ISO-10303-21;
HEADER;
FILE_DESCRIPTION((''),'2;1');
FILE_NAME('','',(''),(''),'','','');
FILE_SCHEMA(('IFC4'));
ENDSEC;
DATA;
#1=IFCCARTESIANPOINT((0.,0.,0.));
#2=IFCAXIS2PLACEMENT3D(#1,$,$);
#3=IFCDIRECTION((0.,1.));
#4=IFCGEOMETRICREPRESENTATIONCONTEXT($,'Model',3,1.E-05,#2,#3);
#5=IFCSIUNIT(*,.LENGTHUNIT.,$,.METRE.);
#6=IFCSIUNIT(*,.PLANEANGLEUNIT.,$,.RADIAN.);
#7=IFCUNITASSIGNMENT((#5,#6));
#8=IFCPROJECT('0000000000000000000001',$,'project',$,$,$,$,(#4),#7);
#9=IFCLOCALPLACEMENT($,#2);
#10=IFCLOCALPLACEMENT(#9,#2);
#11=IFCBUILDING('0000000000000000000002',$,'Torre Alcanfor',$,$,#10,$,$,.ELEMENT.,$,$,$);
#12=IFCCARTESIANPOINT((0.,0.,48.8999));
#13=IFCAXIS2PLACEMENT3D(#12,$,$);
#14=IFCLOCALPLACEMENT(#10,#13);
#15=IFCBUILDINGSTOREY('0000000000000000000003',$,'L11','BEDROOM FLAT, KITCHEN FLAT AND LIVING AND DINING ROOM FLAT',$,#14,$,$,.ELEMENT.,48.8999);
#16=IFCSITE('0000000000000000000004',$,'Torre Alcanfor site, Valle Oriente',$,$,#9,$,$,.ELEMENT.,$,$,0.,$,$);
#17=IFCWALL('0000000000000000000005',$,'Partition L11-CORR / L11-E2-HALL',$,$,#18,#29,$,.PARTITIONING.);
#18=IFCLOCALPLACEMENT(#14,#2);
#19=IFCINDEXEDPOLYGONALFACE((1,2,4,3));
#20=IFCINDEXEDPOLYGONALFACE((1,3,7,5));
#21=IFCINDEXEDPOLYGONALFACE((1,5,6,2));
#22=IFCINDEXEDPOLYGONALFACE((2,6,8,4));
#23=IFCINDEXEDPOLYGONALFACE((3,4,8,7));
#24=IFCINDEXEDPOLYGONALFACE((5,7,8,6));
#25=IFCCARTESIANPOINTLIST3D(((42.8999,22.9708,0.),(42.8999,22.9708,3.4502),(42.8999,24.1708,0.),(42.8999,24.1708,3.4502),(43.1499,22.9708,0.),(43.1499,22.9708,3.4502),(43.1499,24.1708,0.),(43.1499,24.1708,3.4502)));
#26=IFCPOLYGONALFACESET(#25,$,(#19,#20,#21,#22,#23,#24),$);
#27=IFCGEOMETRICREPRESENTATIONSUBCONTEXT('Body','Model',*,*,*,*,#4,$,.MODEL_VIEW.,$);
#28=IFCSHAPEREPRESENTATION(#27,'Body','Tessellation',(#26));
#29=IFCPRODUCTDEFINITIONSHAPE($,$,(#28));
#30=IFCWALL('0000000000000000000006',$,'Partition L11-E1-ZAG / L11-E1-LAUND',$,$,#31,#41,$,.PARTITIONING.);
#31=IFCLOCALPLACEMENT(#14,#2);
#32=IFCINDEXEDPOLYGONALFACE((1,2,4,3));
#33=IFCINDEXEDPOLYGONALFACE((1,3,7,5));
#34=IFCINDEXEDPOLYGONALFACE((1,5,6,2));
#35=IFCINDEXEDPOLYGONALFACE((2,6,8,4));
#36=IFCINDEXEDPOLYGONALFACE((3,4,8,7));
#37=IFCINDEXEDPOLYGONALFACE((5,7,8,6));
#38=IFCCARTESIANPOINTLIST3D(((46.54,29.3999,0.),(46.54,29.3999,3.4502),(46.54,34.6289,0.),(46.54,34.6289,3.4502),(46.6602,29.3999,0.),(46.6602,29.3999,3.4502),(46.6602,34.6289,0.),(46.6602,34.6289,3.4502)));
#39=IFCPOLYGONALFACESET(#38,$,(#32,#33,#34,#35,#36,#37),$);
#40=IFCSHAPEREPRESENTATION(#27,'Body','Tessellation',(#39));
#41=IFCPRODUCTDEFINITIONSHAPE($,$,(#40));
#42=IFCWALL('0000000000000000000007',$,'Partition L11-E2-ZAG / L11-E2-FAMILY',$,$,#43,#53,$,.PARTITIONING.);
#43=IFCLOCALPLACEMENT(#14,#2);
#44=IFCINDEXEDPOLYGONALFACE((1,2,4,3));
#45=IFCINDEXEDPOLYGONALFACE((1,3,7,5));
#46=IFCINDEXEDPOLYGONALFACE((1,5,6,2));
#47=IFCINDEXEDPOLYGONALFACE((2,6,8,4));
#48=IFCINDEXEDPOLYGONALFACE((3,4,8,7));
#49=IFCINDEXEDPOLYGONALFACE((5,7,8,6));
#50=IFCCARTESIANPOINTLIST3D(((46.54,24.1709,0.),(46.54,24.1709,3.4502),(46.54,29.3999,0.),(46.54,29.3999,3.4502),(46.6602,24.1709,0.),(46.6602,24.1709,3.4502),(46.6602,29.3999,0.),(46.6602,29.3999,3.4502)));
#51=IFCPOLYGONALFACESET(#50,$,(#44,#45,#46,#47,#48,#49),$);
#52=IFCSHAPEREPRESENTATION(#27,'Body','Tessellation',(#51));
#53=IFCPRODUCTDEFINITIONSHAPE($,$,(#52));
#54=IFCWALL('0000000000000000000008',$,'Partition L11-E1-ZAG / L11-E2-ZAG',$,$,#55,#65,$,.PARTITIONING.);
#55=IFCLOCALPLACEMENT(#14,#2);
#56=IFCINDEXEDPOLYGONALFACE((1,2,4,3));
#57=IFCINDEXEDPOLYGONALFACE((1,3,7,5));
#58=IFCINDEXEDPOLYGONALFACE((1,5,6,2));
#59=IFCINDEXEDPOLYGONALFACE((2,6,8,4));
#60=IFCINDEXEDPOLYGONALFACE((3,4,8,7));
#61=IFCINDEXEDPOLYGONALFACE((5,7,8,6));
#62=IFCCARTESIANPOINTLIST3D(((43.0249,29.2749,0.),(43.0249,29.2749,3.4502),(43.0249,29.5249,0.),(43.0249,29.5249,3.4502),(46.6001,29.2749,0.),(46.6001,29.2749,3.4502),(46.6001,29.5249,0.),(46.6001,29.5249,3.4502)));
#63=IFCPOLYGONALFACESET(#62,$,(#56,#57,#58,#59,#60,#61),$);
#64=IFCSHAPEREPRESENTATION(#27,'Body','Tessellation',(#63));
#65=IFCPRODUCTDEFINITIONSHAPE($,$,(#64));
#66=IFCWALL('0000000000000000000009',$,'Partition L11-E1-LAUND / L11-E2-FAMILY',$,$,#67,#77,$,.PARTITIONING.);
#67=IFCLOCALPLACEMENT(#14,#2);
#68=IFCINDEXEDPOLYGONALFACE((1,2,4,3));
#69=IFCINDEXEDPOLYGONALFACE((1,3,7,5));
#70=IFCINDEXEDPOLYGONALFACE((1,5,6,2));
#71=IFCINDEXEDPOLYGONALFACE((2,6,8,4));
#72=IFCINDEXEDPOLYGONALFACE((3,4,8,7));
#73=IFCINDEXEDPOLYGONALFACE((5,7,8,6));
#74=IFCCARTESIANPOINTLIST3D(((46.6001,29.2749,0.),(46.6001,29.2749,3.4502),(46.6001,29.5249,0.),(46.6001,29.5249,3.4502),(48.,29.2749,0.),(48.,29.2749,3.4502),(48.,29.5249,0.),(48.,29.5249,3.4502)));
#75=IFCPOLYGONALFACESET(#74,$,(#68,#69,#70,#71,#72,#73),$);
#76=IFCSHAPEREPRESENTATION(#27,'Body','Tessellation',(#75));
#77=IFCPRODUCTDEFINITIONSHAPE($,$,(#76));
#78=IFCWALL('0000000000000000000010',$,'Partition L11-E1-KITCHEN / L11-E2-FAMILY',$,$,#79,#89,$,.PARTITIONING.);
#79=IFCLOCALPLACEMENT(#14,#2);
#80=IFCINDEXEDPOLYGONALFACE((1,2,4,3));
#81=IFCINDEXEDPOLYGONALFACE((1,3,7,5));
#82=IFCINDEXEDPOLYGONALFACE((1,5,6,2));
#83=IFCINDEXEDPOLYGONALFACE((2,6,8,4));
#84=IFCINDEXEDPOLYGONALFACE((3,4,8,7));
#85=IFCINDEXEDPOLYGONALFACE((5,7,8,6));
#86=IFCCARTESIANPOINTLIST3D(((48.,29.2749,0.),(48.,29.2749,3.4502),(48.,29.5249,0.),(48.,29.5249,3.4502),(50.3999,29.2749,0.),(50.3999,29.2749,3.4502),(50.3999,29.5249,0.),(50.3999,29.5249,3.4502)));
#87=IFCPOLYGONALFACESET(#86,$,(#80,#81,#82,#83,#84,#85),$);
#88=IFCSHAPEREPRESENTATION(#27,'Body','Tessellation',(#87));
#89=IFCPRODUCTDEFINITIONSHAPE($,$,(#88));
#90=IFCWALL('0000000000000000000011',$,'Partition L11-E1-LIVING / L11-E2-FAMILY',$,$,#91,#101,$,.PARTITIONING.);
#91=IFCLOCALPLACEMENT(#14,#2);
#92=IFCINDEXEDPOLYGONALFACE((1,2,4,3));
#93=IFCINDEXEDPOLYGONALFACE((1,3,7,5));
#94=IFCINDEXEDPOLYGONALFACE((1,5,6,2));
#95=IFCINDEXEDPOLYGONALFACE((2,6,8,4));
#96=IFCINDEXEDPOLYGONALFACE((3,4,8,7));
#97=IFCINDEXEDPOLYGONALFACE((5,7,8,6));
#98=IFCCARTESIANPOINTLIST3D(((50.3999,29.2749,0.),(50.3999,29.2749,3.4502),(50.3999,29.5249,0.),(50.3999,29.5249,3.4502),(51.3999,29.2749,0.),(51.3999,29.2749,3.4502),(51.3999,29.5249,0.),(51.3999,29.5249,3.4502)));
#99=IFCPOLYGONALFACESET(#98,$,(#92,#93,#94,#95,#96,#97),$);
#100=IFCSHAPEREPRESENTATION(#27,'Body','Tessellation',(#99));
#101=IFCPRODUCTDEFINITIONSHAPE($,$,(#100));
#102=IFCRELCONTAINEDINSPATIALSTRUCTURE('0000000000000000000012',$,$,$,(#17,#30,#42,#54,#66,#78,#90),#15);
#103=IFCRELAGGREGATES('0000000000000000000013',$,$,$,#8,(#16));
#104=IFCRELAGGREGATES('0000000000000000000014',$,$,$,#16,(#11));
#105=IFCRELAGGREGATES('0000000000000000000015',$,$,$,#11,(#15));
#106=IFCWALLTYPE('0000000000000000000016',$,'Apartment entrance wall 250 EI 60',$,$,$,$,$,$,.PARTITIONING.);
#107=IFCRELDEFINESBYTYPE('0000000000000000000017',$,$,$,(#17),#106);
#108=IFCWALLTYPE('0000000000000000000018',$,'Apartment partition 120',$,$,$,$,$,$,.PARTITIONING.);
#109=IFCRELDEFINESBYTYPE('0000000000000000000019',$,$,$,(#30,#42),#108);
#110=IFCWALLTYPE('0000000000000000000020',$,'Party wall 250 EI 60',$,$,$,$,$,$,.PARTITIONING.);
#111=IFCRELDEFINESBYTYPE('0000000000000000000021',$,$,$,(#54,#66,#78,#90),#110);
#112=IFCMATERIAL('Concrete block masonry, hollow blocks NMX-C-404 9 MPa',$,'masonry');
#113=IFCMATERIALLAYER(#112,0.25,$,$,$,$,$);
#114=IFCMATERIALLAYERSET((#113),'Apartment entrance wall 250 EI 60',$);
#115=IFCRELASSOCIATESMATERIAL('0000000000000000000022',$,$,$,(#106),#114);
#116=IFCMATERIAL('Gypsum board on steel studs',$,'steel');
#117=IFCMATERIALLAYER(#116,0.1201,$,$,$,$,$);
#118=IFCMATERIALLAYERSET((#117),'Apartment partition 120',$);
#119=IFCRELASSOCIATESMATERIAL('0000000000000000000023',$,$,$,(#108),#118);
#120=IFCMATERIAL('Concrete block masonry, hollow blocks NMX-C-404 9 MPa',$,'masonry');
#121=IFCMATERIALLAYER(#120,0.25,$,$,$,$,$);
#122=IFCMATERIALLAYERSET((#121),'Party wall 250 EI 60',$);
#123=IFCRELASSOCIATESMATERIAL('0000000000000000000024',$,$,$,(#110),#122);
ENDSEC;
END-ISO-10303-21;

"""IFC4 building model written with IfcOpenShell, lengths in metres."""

from ifc_helpers import new_model, si_unit, direction, frame, frame_2d, origin, place, context, subcontext, project, spatial, rectangle, extrude, material, layer, layer_set, type_object, element, save


model = new_model("IFC4")

# Units and contexts
model_context = context("Model", 3, precision=1e-05, world=origin(), true_north=direction((0.0, 1.0)))
body_context = subcontext(model_context, "Body", "Model", "MODEL_VIEW")
ifc_project = project(units=[si_unit("LENGTHUNIT", "METRE"), si_unit("PLANEANGLEUNIT", "RADIAN")], contexts=[model_context])

# Site, building, storey
site_placement = place(None, origin())
site = spatial("IfcSite", under=ifc_project, at=site_placement, Name="Torre Alcanfor site, Valle Oriente", CompositionType="ELEMENT", RefElevation=0.0)
building_placement = place(site_placement, origin())
building = spatial("IfcBuilding", under=site, at=building_placement, Name="Torre Alcanfor", CompositionType="ELEMENT")
storey_placement = place(building_placement, frame((0.0, 0.0, 48.8999)))
storey = spatial("IfcBuildingStorey", under=building, at=storey_placement, Name="L11", Description="BEDROOM FLAT, KITCHEN FLAT AND LIVING AND DINING ROOM FLAT", CompositionType="ELEMENT", Elevation=48.8999)

# Shared definitions
ifc_material_1 = material(Name="Concrete block masonry, hollow blocks NMX-C-404 9 MPa", Category="masonry")
ifc_layer_1 = layer(ifc_material_1, 0.25)
ifc_layer_set_1 = layer_set([ifc_layer_1], Name="Apartment entrance wall 250 EI 60")
wall_type_1 = type_object("IfcWallType", Name="Apartment entrance wall 250 EI 60", PredefinedType="PARTITIONING", material=ifc_layer_set_1)

# Walls
wall_1_placement = place(storey_placement, frame((43.0249, 24.1709, 0.0), z_axis=(0.0, 0.0, 1.0), x_axis=(0.0, -1.0, 0.0)))
element("IfcWall", 1, at=wall_1_placement, inside=storey, type_object=wall_type_1, Name="Partition L11-CORR / L11-E2-HALL", PredefinedType="PARTITIONING", context=body_context, shape_type="SweptSolid", body=[
    extrude(rectangle(XDim=1.2, YDim=0.25, at=frame_2d((0.6001, 0.0))), origin(), (0.0, 0.0, 1.0), 3.4502),
])
ifc_material_2 = material(Name="Gypsum board on steel studs", Category="steel")
ifc_layer_2 = layer(ifc_material_2, 0.1201)
ifc_layer_set_2 = layer_set([ifc_layer_2], Name="Apartment partition 120")
wall_type_2 = type_object("IfcWallType", Name="Apartment partition 120", PredefinedType="PARTITIONING", material=ifc_layer_set_2)
for number, where, z_axis, x_axis, name in (
    (2, (46.6001, 29.3999, 0.0), (0.0, 0.0, 1.0), (0.0, 1.0, 0.0), "Partition L11-E1-ZAG / L11-E1-LAUND"),
    (3, (46.6001, 29.3999, 0.0), (0.0, 0.0, 1.0), (0.0, -1.0, 0.0), "Partition L11-E2-ZAG / L11-E2-FAMILY"),
):
    element("IfcWall", number, at=place(storey_placement, frame(where, z_axis=z_axis, x_axis=x_axis)), inside=storey, type_object=wall_type_2, Name=name, PredefinedType="PARTITIONING", context=body_context, shape_type="SweptSolid", body=[
        extrude(rectangle(XDim=5.229, YDim=0.1201, at=frame_2d((2.6145, 0.0))), origin(), (0.0, 0.0, 1.0), 3.4502),
    ])
ifc_material_3 = material(Name="Concrete block masonry, hollow blocks NMX-C-404 9 MPa", Category="masonry")
ifc_layer_3 = layer(ifc_material_3, 0.25)
ifc_layer_set_3 = layer_set([ifc_layer_3], Name="Party wall 250 EI 60")
wall_type_3 = type_object("IfcWallType", Name="Party wall 250 EI 60", PredefinedType="PARTITIONING", material=ifc_layer_set_3)
wall_2_placement = place(storey_placement, frame((43.0249, 29.3999, 0.0), z_axis=(0.0, 0.0, 1.0), x_axis=(1.0, 0.0, 0.0)))
element("IfcWall", 4, at=wall_2_placement, inside=storey, type_object=wall_type_3, Name="Partition L11-E1-ZAG / L11-E2-ZAG", PredefinedType="PARTITIONING", context=body_context, shape_type="SweptSolid", body=[
    extrude(rectangle(XDim=3.5752, YDim=0.25, at=frame_2d((1.7876, 0.0))), origin(), (0.0, 0.0, 1.0), 3.4502),
])
wall_3_placement = place(storey_placement, frame((46.6001, 29.3999, 0.0), z_axis=(0.0, 0.0, 1.0), x_axis=(1.0, 0.0, 0.0)))
element("IfcWall", 5, at=wall_3_placement, inside=storey, type_object=wall_type_3, Name="Partition L11-E1-LAUND / L11-E2-FAMILY", PredefinedType="PARTITIONING", context=body_context, shape_type="SweptSolid", body=[
    extrude(rectangle(XDim=1.3999, YDim=0.25, at=frame_2d((0.7, 0.0))), origin(), (0.0, 0.0, 1.0), 3.4502),
])
wall_4_placement = place(storey_placement, frame((48.0, 29.3999, 0.0), z_axis=(0.0, 0.0, 1.0), x_axis=(1.0, 0.0, 0.0)))
element("IfcWall", 6, at=wall_4_placement, inside=storey, type_object=wall_type_3, Name="Partition L11-E1-KITCHEN / L11-E2-FAMILY", PredefinedType="PARTITIONING", context=body_context, shape_type="SweptSolid", body=[
    extrude(rectangle(XDim=2.3999, YDim=0.25, at=frame_2d((1.2, 0.0))), origin(), (0.0, 0.0, 1.0), 3.4502),
])
wall_5_placement = place(storey_placement, frame((50.3999, 29.3999, 0.0), z_axis=(0.0, 0.0, 1.0), x_axis=(1.0, 0.0, 0.0)))
element("IfcWall", 7, at=wall_5_placement, inside=storey, type_object=wall_type_3, Name="Partition L11-E1-LIVING / L11-E2-FAMILY", PredefinedType="PARTITIONING", context=body_context, shape_type="SweptSolid", body=[
    extrude(rectangle(XDim=1.0, YDim=0.25, at=frame_2d((0.5, 0.0))), origin(), (0.0, 0.0, 1.0), 3.4502),
])

save(model, "model.ifc")
